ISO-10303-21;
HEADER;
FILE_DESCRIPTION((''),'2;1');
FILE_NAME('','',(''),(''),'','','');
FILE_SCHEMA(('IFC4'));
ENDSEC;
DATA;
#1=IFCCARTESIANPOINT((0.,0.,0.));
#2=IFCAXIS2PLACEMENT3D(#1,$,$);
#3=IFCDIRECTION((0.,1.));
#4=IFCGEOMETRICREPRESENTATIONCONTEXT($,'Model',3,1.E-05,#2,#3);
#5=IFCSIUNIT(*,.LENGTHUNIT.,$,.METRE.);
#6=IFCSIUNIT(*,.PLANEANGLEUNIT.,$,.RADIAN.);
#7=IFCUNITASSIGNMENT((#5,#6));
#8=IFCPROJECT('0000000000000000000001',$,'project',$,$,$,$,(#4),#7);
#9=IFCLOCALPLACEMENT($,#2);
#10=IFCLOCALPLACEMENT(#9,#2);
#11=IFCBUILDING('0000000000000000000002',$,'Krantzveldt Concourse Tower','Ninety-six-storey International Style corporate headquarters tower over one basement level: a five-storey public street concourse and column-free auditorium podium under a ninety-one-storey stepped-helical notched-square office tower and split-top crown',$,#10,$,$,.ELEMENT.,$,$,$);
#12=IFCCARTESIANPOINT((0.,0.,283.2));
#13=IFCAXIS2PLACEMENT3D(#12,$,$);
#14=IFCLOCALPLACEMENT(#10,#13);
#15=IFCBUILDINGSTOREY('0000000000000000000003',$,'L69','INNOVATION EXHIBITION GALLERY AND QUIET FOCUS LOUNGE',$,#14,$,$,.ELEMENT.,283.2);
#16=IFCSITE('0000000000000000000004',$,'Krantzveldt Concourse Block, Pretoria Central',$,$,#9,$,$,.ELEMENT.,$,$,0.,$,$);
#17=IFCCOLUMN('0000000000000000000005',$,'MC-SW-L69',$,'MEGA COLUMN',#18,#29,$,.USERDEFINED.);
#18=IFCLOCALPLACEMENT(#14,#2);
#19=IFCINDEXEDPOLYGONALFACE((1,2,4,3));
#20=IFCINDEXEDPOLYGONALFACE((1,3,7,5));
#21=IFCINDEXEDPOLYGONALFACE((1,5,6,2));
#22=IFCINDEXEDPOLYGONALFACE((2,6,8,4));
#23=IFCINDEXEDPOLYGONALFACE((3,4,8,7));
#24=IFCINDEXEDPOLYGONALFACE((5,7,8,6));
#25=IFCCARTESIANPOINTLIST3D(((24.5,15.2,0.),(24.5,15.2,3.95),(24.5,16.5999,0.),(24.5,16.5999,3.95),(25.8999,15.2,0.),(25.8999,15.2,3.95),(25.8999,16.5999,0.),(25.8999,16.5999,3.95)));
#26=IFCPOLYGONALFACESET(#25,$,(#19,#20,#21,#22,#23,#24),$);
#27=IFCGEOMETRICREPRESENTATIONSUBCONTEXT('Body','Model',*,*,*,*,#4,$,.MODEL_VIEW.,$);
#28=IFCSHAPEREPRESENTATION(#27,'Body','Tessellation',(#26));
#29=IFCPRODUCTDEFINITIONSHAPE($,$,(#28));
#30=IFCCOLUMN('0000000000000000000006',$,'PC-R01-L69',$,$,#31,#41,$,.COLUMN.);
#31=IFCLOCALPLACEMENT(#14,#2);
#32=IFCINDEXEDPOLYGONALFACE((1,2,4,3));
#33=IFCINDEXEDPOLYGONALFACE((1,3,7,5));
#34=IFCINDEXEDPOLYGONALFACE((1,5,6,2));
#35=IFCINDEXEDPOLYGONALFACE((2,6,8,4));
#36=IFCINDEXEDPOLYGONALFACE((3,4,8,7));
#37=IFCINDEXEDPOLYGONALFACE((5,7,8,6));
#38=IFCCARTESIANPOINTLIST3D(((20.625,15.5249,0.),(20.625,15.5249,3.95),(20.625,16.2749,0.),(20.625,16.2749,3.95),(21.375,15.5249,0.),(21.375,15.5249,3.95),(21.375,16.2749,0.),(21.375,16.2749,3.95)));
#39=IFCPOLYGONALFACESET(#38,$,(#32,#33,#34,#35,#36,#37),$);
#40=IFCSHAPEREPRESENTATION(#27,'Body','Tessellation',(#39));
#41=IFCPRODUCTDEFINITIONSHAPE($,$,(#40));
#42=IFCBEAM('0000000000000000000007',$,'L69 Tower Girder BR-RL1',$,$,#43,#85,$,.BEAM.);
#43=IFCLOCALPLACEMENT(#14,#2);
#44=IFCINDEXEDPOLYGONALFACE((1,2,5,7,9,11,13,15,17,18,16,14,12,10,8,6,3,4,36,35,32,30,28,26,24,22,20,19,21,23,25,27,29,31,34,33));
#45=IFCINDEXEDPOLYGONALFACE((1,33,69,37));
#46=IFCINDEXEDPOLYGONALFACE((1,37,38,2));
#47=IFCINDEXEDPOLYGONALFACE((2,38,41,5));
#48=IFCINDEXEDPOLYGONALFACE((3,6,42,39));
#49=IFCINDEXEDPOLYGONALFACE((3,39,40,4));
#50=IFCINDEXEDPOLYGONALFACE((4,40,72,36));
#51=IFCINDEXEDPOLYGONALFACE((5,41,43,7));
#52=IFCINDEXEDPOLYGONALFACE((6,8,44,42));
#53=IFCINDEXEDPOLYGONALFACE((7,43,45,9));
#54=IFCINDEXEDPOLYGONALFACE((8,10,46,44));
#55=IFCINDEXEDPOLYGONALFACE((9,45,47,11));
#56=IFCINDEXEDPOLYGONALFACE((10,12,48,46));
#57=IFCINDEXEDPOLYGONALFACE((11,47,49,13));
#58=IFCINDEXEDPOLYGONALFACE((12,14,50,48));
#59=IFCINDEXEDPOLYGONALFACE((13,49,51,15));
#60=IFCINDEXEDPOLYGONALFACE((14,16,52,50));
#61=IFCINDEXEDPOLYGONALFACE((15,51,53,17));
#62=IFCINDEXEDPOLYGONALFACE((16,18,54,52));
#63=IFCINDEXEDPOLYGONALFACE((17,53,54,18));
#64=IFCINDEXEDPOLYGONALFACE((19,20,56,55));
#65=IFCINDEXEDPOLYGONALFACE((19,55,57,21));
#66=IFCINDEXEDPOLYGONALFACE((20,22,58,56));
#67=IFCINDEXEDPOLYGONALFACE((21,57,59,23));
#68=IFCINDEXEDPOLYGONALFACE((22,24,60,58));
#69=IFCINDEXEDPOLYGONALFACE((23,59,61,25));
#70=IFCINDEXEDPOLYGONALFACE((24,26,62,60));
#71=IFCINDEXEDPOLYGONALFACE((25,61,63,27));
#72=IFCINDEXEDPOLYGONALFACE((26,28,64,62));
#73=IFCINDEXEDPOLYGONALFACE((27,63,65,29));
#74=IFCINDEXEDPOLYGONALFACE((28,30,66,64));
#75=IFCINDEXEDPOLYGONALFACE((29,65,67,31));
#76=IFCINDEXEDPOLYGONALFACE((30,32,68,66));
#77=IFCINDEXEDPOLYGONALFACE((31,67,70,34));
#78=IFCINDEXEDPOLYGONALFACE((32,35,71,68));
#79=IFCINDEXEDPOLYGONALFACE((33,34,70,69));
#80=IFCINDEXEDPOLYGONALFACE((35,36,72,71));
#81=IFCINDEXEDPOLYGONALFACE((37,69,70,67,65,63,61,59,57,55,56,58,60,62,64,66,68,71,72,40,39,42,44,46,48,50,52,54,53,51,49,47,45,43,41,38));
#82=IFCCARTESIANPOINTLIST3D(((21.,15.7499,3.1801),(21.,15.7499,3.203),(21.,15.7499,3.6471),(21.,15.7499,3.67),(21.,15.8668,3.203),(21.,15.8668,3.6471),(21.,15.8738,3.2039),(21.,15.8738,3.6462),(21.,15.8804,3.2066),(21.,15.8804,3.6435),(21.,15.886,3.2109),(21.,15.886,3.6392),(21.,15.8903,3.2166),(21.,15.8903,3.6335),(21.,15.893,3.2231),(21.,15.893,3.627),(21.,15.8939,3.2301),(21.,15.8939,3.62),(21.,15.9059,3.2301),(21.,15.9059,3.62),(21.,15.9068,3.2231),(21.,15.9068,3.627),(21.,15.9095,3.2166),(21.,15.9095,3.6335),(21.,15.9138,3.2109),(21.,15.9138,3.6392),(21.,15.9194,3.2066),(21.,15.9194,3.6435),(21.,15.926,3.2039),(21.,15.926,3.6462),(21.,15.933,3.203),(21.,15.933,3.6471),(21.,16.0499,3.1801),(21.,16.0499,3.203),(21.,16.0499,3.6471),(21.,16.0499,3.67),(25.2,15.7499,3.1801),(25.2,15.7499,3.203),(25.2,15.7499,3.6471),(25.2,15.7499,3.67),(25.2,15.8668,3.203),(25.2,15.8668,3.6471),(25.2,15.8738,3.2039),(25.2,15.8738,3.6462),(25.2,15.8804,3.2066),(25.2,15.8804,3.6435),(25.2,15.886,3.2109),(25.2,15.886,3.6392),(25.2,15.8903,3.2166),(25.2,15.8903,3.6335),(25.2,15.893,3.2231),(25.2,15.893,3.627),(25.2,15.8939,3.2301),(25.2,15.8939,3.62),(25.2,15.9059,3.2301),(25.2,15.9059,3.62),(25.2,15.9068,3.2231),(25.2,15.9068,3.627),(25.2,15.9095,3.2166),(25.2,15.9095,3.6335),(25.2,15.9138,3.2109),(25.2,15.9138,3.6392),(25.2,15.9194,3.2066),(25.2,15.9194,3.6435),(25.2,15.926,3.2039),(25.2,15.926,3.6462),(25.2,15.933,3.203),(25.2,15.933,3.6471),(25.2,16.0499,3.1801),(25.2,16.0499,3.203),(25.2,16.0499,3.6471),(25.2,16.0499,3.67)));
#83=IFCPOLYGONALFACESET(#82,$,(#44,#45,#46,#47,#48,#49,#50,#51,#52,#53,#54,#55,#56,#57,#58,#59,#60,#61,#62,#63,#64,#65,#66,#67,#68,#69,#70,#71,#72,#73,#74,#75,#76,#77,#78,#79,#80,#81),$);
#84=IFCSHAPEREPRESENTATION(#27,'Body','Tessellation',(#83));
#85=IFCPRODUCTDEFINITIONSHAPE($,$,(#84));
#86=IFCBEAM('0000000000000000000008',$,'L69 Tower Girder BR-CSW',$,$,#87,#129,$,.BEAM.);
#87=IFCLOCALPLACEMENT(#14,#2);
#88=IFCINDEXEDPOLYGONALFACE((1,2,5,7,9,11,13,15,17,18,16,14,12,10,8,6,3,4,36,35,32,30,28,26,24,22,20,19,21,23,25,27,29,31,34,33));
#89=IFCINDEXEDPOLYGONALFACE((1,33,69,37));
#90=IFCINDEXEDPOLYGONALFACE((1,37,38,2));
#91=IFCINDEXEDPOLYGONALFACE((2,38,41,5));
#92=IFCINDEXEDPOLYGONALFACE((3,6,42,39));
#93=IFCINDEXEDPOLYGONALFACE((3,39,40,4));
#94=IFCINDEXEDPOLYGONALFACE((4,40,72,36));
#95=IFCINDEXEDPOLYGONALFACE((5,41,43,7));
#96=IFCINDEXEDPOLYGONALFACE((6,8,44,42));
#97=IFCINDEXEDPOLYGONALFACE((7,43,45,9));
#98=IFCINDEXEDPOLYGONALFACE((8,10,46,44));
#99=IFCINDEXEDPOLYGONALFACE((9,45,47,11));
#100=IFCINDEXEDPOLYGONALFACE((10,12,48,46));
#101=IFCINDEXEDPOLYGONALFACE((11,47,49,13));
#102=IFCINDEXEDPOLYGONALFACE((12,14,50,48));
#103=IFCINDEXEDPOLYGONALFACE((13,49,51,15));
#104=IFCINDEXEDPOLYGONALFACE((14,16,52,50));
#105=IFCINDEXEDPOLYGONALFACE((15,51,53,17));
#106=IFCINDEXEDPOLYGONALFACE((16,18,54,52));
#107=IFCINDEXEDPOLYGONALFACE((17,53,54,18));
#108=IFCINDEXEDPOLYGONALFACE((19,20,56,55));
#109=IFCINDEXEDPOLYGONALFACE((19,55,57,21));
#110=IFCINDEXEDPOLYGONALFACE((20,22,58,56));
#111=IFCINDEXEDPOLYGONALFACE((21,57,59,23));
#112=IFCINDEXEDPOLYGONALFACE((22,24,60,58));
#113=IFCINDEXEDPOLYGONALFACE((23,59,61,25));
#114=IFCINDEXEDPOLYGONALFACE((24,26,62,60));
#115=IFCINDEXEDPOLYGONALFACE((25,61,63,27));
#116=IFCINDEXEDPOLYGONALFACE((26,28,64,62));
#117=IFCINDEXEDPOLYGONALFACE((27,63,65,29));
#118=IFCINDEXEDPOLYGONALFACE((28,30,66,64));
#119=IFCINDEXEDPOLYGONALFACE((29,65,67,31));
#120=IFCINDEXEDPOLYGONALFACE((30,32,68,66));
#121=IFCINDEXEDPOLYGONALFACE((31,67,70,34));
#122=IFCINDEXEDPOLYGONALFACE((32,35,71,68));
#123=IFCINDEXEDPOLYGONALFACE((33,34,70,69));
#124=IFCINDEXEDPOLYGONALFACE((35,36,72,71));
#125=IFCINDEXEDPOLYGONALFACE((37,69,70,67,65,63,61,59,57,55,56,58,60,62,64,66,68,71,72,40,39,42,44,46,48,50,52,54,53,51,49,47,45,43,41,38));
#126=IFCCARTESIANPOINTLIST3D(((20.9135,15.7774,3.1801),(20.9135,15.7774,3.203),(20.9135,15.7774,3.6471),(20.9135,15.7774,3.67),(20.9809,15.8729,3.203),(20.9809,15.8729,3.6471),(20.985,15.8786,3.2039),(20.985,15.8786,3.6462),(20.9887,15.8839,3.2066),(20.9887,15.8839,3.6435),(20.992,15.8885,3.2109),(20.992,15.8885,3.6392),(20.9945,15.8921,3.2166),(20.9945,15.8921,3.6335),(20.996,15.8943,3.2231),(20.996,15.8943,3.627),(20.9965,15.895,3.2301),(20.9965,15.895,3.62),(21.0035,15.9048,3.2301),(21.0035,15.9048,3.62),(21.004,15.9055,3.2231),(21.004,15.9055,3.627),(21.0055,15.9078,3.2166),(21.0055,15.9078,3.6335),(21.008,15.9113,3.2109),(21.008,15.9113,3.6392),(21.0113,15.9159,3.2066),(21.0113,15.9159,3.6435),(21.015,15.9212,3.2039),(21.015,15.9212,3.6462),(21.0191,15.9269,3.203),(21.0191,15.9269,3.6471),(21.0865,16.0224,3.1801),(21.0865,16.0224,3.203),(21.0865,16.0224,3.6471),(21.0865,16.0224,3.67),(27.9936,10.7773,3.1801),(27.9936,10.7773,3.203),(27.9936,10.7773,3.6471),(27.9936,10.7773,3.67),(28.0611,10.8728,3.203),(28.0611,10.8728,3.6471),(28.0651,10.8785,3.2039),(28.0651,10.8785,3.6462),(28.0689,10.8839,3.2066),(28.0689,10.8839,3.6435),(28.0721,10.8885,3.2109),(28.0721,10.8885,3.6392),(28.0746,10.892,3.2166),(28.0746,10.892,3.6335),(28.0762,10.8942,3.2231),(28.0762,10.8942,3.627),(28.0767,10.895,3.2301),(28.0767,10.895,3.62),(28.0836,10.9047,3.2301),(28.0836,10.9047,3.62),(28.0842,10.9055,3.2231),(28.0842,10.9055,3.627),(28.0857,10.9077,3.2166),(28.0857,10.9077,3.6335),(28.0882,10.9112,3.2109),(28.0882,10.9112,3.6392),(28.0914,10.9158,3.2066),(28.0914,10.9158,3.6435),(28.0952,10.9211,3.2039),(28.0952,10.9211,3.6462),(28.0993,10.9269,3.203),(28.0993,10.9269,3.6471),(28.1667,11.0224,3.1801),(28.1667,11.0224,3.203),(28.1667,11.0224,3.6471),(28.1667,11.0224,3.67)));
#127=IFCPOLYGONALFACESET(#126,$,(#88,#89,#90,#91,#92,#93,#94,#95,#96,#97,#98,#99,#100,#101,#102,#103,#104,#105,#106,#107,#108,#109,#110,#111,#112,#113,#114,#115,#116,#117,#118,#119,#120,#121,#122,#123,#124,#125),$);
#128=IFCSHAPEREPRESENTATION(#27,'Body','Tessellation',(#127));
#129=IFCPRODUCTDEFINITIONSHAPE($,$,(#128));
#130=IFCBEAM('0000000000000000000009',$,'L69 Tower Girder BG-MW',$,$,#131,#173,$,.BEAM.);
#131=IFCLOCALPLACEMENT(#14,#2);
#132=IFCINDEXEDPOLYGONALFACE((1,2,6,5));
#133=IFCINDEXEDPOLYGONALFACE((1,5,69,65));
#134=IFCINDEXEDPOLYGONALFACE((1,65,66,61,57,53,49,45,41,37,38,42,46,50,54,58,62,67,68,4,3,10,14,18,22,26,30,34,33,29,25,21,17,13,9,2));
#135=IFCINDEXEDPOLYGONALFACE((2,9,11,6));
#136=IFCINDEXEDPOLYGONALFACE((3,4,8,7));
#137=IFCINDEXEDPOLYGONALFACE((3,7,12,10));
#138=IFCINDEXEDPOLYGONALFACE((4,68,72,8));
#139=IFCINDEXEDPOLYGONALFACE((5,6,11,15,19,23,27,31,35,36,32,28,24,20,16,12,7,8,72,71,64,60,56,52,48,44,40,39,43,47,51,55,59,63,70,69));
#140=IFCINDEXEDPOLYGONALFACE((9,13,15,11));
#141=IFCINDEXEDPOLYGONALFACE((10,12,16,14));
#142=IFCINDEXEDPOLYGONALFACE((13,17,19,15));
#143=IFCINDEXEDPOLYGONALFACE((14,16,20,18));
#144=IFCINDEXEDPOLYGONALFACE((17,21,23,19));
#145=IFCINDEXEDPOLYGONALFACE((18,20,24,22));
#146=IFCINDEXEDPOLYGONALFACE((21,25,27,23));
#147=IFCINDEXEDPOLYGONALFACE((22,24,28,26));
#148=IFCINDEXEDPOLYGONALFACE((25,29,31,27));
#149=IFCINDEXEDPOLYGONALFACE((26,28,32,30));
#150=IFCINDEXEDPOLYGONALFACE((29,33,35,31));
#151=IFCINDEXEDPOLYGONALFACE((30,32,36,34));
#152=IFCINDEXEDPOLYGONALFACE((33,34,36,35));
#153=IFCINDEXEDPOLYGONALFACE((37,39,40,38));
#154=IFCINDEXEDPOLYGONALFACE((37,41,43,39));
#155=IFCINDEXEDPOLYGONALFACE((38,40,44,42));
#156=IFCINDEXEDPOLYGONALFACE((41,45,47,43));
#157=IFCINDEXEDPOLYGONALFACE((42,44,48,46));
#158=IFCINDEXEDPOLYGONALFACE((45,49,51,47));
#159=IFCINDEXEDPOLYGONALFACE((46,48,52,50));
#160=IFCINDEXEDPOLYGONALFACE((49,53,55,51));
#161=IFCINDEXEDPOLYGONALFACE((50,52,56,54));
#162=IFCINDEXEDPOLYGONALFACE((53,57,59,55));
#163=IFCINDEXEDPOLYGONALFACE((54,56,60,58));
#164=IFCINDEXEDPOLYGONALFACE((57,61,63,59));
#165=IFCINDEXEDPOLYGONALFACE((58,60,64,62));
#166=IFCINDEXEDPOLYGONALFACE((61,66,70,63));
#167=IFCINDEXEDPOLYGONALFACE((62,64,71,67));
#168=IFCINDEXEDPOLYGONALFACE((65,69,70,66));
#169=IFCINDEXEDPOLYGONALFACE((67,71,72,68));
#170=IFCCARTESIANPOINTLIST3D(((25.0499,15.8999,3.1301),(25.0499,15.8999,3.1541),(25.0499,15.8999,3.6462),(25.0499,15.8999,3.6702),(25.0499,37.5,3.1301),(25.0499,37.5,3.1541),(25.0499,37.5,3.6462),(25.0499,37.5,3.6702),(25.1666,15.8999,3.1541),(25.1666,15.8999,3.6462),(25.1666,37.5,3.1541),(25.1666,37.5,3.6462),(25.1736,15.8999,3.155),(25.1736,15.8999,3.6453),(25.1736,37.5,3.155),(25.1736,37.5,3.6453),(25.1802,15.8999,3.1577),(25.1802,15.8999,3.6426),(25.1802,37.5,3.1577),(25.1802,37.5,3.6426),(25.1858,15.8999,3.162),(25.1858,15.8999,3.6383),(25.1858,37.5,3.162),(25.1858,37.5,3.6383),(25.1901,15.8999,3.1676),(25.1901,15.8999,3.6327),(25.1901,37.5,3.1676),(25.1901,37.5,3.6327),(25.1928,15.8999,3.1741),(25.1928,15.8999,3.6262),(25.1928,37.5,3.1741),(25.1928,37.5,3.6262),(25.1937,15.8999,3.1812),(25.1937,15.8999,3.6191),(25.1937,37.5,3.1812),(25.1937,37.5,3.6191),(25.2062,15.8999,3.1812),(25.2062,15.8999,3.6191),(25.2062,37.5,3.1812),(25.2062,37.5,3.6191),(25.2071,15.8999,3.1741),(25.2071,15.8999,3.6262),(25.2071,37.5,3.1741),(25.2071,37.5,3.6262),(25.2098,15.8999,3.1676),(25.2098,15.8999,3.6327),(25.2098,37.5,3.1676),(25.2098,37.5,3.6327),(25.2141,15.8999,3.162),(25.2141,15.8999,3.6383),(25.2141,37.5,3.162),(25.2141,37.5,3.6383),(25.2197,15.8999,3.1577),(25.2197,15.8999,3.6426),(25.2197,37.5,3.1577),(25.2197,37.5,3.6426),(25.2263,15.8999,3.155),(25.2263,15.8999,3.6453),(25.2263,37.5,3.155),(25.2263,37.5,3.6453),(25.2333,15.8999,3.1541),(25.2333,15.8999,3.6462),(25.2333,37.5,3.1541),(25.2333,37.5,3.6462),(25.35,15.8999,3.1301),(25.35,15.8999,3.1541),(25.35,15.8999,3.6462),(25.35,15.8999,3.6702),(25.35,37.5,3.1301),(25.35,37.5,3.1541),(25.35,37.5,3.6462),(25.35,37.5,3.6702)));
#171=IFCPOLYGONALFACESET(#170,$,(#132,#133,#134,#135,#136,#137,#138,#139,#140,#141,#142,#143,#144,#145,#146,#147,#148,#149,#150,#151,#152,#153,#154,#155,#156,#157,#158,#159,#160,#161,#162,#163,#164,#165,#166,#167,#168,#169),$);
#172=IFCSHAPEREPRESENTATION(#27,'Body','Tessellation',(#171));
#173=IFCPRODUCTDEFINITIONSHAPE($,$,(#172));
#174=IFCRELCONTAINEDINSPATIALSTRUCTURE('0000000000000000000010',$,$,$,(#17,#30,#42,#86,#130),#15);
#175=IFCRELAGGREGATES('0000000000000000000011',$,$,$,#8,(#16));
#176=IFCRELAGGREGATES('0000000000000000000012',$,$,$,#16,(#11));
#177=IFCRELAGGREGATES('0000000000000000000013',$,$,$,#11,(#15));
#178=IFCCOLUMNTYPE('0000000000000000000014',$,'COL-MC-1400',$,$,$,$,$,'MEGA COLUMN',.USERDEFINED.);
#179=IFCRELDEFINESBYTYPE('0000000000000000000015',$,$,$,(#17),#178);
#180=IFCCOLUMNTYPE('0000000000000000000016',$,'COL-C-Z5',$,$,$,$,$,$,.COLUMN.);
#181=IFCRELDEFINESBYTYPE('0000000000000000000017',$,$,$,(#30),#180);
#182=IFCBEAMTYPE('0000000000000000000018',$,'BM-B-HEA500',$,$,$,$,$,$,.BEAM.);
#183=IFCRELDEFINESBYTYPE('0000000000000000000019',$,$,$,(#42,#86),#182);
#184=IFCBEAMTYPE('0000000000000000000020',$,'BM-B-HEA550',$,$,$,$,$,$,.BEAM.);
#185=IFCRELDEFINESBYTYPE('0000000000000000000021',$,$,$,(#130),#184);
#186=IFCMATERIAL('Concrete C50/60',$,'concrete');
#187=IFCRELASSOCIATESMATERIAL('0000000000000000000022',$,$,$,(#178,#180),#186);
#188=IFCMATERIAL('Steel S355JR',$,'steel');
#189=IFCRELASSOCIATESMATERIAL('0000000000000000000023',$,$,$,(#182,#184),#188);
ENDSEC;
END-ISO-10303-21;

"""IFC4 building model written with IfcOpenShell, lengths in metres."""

from ifc_helpers import new_model, si_unit, direction, frame, origin, origin_2d, place, context, subcontext, project, spatial, rectangle, i_section, extrude, source, transform, mapped, material, material_profile, profile_set, type_object, type_shapes, element, save


model = new_model("IFC4")

# Units and contexts
model_context = context("Model", 3, precision=1e-05, world=origin(), true_north=direction((0.0, 1.0)))
body_context = subcontext(model_context, "Body", "Model", "MODEL_VIEW")
ifc_project = project(units=[si_unit("LENGTHUNIT", "METRE"), si_unit("PLANEANGLEUNIT", "RADIAN")], contexts=[model_context])

# Site, building, storey
site_placement = place(None, origin())
site = spatial("IfcSite", under=ifc_project, at=site_placement, Name="Krantzveldt Concourse Block, Pretoria Central", CompositionType="ELEMENT", RefElevation=0.0)
building_placement = place(site_placement, origin())
building = spatial("IfcBuilding", under=site, at=building_placement, Name="Krantzveldt Concourse Tower", Description="Ninety-six-storey International Style corporate headquarters tower over one basement level: a five-storey public street concourse and column-free auditorium podium under a ninety-one-storey stepped-helical notched-square office tower and split-top crown", CompositionType="ELEMENT")
storey_placement = place(building_placement, frame((0.0, 0.0, 283.2)))
storey = spatial("IfcBuildingStorey", under=building, at=storey_placement, Name="L69", Description="INNOVATION EXHIBITION GALLERY AND QUIET FOCUS LOUNGE", CompositionType="ELEMENT", Elevation=283.2)

# Columns
ifc_material_1 = material(Name="Concrete C50/60", Category="concrete")
ifc_material_profile_1 = material_profile(ifc_material_1, rectangle(XDim=1.3999, YDim=1.3999, at=origin_2d()), Name="Concrete C50/60", Category="concrete")
ifc_profile_set_1 = profile_set([ifc_material_profile_1], Name="Concrete C50/60 - RC 1400x1400")
column_type_1 = type_object("IfcColumnType", Name="COL-MC-1400", ElementType="MEGA COLUMN", PredefinedType="USERDEFINED", material=ifc_profile_set_1)
shared_shape_1 = source(origin(), body_context, "Body", "SweptSolid", [
    extrude(rectangle(XDim=1.3999, YDim=1.3999, at=origin_2d()), origin(), (0.0, 0.0, 1.0), 3.95),
])
type_shapes(column_type_1, [shared_shape_1])
column_1_placement = place(storey_placement, frame((25.2, 15.8999, 0.0), z_axis=(0.0, 0.0, 1.0), x_axis=(1.0, 0.0, 0.0)))
element("IfcColumn", 1, at=column_1_placement, inside=storey, type_object=column_type_1, Name="MC-SW-L69", ObjectType="MEGA COLUMN", PredefinedType="USERDEFINED", context=body_context, shape_type="MappedRepresentation", body=[
    mapped(shared_shape_1, transform((0.0, 0.0, 0.0), x_axis=(1.0, 0.0, 0.0), y_axis=(0.0, 1.0, 0.0), z_axis=(0.0, 0.0, 1.0), scale=1.0)),
])
ifc_material_profile_2 = material_profile(ifc_material_1, rectangle(XDim=0.75, YDim=0.75, at=origin_2d()), Name="Concrete C50/60", Category="concrete")
ifc_profile_set_2 = profile_set([ifc_material_profile_2], Name="Concrete C50/60 - RC 750x750")
column_type_2 = type_object("IfcColumnType", Name="COL-C-Z5", PredefinedType="COLUMN", material=ifc_profile_set_2)
shared_shape_2 = source(origin(), body_context, "Body", "SweptSolid", [
    extrude(rectangle(XDim=0.75, YDim=0.75, at=origin_2d()), origin(), (0.0, 0.0, 1.0), 3.95),
])
type_shapes(column_type_2, [shared_shape_2])
column_2_placement = place(storey_placement, frame((21.0, 15.8999, 0.0), z_axis=(0.0, 0.0, 1.0), x_axis=(1.0, 0.0, 0.0)))
element("IfcColumn", 2, at=column_2_placement, inside=storey, type_object=column_type_2, Name="PC-R01-L69", PredefinedType="COLUMN", context=body_context, shape_type="MappedRepresentation", body=[
    mapped(shared_shape_2, transform((0.0, 0.0, 0.0), x_axis=(1.0, 0.0, 0.0), y_axis=(0.0, 1.0, 0.0), z_axis=(0.0, 0.0, 1.0), scale=1.0)),
])

# Beams
ifc_material_2 = material(Name="Steel S355JR", Category="steel")
ifc_material_profile_3 = material_profile(ifc_material_2, i_section(OverallWidth=0.3, OverallDepth=0.49, WebThickness=0.012, FlangeThickness=0.0229, FilletRadius=0.0271, at=origin_2d()), Name="Steel S355JR", Category="steel")
ifc_profile_set_3 = profile_set([ifc_material_profile_3], Name="Steel S355JR - HEA 500")
beam_type_1 = type_object("IfcBeamType", Name="BM-B-HEA500", PredefinedType="BEAM", material=ifc_profile_set_3)
shared_shape_3 = source(origin(), body_context, "Body", "SweptSolid", [
    extrude(i_section(OverallWidth=0.3, OverallDepth=0.49, WebThickness=0.012, FlangeThickness=0.0229, FilletRadius=0.0271, at=origin_2d()), origin(), (0.0, 0.0, 1.0), 4.2),
])
beam_1_placement = place(storey_placement, frame((21.0, 15.8999, 3.425), z_axis=(1.0, 0.0, 0.0), x_axis=(0.0, 1.0, 0.0)))
element("IfcBeam", 3, at=beam_1_placement, inside=storey, type_object=beam_type_1, Name="L69 Tower Girder BR-RL1", PredefinedType="BEAM", context=body_context, shape_type="MappedRepresentation", body=[
    mapped(shared_shape_3, transform((0.0, 0.0, 0.0), x_axis=(1.0, 0.0, 0.0), y_axis=(0.0, 1.0, 0.0), z_axis=(0.0, 0.0, 1.0), scale=1.0)),
])
shared_shape_4 = source(origin(), body_context, "Body", "SweptSolid", [
    extrude(i_section(OverallWidth=0.3, OverallDepth=0.49, WebThickness=0.012, FlangeThickness=0.0229, FilletRadius=0.0271, at=origin_2d()), origin(), (0.0, 0.0, 1.0), 8.6677),
])
type_shapes(beam_type_1, [shared_shape_3, shared_shape_4])
beam_2_placement = place(storey_placement, frame((21.0, 15.8999, 3.425), z_axis=(0.816843, -0.57686, 0.0), x_axis=(0.57686, 0.816843, 0.0)))
element("IfcBeam", 4, at=beam_2_placement, inside=storey, type_object=beam_type_1, Name="L69 Tower Girder BR-CSW", PredefinedType="BEAM", context=body_context, shape_type="MappedRepresentation", body=[
    mapped(shared_shape_4, transform((0.0, 0.0, 0.0), x_axis=(1.0, 0.0, 0.0), y_axis=(0.0, 1.0, 0.0), z_axis=(0.0, 0.0, 1.0), scale=1.0)),
])
ifc_material_profile_4 = material_profile(ifc_material_2, i_section(OverallWidth=0.3, OverallDepth=0.54, WebThickness=0.0125, FlangeThickness=0.0239, FilletRadius=0.0271, at=origin_2d()), Name="Steel S355JR", Category="steel")
ifc_profile_set_4 = profile_set([ifc_material_profile_4], Name="Steel S355JR - HEA 550")
beam_type_2 = type_object("IfcBeamType", Name="BM-B-HEA550", PredefinedType="BEAM", material=ifc_profile_set_4)
shared_shape_5 = source(origin(), body_context, "Body", "SweptSolid", [
    extrude(i_section(OverallWidth=0.3, OverallDepth=0.54, WebThickness=0.0125, FlangeThickness=0.0239, FilletRadius=0.0271, at=origin_2d()), origin(), (0.0, 0.0, 1.0), 21.6001),
])
beam_3_placement = place(storey_placement, frame((25.2, 15.8999, 3.4001), z_axis=(0.0, 1.0, 0.0), x_axis=(-1.0, 0.0, 0.0)))
element("IfcBeam", 5, at=beam_3_placement, inside=storey, type_object=beam_type_2, Name="L69 Tower Girder BG-MW", PredefinedType="BEAM", context=body_context, shape_type="MappedRepresentation", body=[
    mapped(shared_shape_5, transform((0.0, 0.0, 0.0), x_axis=(1.0, 0.0, 0.0), y_axis=(0.0, 1.0, 0.0), z_axis=(0.0, 0.0, 1.0), scale=1.0)),
])

save(model, "model.ifc")
